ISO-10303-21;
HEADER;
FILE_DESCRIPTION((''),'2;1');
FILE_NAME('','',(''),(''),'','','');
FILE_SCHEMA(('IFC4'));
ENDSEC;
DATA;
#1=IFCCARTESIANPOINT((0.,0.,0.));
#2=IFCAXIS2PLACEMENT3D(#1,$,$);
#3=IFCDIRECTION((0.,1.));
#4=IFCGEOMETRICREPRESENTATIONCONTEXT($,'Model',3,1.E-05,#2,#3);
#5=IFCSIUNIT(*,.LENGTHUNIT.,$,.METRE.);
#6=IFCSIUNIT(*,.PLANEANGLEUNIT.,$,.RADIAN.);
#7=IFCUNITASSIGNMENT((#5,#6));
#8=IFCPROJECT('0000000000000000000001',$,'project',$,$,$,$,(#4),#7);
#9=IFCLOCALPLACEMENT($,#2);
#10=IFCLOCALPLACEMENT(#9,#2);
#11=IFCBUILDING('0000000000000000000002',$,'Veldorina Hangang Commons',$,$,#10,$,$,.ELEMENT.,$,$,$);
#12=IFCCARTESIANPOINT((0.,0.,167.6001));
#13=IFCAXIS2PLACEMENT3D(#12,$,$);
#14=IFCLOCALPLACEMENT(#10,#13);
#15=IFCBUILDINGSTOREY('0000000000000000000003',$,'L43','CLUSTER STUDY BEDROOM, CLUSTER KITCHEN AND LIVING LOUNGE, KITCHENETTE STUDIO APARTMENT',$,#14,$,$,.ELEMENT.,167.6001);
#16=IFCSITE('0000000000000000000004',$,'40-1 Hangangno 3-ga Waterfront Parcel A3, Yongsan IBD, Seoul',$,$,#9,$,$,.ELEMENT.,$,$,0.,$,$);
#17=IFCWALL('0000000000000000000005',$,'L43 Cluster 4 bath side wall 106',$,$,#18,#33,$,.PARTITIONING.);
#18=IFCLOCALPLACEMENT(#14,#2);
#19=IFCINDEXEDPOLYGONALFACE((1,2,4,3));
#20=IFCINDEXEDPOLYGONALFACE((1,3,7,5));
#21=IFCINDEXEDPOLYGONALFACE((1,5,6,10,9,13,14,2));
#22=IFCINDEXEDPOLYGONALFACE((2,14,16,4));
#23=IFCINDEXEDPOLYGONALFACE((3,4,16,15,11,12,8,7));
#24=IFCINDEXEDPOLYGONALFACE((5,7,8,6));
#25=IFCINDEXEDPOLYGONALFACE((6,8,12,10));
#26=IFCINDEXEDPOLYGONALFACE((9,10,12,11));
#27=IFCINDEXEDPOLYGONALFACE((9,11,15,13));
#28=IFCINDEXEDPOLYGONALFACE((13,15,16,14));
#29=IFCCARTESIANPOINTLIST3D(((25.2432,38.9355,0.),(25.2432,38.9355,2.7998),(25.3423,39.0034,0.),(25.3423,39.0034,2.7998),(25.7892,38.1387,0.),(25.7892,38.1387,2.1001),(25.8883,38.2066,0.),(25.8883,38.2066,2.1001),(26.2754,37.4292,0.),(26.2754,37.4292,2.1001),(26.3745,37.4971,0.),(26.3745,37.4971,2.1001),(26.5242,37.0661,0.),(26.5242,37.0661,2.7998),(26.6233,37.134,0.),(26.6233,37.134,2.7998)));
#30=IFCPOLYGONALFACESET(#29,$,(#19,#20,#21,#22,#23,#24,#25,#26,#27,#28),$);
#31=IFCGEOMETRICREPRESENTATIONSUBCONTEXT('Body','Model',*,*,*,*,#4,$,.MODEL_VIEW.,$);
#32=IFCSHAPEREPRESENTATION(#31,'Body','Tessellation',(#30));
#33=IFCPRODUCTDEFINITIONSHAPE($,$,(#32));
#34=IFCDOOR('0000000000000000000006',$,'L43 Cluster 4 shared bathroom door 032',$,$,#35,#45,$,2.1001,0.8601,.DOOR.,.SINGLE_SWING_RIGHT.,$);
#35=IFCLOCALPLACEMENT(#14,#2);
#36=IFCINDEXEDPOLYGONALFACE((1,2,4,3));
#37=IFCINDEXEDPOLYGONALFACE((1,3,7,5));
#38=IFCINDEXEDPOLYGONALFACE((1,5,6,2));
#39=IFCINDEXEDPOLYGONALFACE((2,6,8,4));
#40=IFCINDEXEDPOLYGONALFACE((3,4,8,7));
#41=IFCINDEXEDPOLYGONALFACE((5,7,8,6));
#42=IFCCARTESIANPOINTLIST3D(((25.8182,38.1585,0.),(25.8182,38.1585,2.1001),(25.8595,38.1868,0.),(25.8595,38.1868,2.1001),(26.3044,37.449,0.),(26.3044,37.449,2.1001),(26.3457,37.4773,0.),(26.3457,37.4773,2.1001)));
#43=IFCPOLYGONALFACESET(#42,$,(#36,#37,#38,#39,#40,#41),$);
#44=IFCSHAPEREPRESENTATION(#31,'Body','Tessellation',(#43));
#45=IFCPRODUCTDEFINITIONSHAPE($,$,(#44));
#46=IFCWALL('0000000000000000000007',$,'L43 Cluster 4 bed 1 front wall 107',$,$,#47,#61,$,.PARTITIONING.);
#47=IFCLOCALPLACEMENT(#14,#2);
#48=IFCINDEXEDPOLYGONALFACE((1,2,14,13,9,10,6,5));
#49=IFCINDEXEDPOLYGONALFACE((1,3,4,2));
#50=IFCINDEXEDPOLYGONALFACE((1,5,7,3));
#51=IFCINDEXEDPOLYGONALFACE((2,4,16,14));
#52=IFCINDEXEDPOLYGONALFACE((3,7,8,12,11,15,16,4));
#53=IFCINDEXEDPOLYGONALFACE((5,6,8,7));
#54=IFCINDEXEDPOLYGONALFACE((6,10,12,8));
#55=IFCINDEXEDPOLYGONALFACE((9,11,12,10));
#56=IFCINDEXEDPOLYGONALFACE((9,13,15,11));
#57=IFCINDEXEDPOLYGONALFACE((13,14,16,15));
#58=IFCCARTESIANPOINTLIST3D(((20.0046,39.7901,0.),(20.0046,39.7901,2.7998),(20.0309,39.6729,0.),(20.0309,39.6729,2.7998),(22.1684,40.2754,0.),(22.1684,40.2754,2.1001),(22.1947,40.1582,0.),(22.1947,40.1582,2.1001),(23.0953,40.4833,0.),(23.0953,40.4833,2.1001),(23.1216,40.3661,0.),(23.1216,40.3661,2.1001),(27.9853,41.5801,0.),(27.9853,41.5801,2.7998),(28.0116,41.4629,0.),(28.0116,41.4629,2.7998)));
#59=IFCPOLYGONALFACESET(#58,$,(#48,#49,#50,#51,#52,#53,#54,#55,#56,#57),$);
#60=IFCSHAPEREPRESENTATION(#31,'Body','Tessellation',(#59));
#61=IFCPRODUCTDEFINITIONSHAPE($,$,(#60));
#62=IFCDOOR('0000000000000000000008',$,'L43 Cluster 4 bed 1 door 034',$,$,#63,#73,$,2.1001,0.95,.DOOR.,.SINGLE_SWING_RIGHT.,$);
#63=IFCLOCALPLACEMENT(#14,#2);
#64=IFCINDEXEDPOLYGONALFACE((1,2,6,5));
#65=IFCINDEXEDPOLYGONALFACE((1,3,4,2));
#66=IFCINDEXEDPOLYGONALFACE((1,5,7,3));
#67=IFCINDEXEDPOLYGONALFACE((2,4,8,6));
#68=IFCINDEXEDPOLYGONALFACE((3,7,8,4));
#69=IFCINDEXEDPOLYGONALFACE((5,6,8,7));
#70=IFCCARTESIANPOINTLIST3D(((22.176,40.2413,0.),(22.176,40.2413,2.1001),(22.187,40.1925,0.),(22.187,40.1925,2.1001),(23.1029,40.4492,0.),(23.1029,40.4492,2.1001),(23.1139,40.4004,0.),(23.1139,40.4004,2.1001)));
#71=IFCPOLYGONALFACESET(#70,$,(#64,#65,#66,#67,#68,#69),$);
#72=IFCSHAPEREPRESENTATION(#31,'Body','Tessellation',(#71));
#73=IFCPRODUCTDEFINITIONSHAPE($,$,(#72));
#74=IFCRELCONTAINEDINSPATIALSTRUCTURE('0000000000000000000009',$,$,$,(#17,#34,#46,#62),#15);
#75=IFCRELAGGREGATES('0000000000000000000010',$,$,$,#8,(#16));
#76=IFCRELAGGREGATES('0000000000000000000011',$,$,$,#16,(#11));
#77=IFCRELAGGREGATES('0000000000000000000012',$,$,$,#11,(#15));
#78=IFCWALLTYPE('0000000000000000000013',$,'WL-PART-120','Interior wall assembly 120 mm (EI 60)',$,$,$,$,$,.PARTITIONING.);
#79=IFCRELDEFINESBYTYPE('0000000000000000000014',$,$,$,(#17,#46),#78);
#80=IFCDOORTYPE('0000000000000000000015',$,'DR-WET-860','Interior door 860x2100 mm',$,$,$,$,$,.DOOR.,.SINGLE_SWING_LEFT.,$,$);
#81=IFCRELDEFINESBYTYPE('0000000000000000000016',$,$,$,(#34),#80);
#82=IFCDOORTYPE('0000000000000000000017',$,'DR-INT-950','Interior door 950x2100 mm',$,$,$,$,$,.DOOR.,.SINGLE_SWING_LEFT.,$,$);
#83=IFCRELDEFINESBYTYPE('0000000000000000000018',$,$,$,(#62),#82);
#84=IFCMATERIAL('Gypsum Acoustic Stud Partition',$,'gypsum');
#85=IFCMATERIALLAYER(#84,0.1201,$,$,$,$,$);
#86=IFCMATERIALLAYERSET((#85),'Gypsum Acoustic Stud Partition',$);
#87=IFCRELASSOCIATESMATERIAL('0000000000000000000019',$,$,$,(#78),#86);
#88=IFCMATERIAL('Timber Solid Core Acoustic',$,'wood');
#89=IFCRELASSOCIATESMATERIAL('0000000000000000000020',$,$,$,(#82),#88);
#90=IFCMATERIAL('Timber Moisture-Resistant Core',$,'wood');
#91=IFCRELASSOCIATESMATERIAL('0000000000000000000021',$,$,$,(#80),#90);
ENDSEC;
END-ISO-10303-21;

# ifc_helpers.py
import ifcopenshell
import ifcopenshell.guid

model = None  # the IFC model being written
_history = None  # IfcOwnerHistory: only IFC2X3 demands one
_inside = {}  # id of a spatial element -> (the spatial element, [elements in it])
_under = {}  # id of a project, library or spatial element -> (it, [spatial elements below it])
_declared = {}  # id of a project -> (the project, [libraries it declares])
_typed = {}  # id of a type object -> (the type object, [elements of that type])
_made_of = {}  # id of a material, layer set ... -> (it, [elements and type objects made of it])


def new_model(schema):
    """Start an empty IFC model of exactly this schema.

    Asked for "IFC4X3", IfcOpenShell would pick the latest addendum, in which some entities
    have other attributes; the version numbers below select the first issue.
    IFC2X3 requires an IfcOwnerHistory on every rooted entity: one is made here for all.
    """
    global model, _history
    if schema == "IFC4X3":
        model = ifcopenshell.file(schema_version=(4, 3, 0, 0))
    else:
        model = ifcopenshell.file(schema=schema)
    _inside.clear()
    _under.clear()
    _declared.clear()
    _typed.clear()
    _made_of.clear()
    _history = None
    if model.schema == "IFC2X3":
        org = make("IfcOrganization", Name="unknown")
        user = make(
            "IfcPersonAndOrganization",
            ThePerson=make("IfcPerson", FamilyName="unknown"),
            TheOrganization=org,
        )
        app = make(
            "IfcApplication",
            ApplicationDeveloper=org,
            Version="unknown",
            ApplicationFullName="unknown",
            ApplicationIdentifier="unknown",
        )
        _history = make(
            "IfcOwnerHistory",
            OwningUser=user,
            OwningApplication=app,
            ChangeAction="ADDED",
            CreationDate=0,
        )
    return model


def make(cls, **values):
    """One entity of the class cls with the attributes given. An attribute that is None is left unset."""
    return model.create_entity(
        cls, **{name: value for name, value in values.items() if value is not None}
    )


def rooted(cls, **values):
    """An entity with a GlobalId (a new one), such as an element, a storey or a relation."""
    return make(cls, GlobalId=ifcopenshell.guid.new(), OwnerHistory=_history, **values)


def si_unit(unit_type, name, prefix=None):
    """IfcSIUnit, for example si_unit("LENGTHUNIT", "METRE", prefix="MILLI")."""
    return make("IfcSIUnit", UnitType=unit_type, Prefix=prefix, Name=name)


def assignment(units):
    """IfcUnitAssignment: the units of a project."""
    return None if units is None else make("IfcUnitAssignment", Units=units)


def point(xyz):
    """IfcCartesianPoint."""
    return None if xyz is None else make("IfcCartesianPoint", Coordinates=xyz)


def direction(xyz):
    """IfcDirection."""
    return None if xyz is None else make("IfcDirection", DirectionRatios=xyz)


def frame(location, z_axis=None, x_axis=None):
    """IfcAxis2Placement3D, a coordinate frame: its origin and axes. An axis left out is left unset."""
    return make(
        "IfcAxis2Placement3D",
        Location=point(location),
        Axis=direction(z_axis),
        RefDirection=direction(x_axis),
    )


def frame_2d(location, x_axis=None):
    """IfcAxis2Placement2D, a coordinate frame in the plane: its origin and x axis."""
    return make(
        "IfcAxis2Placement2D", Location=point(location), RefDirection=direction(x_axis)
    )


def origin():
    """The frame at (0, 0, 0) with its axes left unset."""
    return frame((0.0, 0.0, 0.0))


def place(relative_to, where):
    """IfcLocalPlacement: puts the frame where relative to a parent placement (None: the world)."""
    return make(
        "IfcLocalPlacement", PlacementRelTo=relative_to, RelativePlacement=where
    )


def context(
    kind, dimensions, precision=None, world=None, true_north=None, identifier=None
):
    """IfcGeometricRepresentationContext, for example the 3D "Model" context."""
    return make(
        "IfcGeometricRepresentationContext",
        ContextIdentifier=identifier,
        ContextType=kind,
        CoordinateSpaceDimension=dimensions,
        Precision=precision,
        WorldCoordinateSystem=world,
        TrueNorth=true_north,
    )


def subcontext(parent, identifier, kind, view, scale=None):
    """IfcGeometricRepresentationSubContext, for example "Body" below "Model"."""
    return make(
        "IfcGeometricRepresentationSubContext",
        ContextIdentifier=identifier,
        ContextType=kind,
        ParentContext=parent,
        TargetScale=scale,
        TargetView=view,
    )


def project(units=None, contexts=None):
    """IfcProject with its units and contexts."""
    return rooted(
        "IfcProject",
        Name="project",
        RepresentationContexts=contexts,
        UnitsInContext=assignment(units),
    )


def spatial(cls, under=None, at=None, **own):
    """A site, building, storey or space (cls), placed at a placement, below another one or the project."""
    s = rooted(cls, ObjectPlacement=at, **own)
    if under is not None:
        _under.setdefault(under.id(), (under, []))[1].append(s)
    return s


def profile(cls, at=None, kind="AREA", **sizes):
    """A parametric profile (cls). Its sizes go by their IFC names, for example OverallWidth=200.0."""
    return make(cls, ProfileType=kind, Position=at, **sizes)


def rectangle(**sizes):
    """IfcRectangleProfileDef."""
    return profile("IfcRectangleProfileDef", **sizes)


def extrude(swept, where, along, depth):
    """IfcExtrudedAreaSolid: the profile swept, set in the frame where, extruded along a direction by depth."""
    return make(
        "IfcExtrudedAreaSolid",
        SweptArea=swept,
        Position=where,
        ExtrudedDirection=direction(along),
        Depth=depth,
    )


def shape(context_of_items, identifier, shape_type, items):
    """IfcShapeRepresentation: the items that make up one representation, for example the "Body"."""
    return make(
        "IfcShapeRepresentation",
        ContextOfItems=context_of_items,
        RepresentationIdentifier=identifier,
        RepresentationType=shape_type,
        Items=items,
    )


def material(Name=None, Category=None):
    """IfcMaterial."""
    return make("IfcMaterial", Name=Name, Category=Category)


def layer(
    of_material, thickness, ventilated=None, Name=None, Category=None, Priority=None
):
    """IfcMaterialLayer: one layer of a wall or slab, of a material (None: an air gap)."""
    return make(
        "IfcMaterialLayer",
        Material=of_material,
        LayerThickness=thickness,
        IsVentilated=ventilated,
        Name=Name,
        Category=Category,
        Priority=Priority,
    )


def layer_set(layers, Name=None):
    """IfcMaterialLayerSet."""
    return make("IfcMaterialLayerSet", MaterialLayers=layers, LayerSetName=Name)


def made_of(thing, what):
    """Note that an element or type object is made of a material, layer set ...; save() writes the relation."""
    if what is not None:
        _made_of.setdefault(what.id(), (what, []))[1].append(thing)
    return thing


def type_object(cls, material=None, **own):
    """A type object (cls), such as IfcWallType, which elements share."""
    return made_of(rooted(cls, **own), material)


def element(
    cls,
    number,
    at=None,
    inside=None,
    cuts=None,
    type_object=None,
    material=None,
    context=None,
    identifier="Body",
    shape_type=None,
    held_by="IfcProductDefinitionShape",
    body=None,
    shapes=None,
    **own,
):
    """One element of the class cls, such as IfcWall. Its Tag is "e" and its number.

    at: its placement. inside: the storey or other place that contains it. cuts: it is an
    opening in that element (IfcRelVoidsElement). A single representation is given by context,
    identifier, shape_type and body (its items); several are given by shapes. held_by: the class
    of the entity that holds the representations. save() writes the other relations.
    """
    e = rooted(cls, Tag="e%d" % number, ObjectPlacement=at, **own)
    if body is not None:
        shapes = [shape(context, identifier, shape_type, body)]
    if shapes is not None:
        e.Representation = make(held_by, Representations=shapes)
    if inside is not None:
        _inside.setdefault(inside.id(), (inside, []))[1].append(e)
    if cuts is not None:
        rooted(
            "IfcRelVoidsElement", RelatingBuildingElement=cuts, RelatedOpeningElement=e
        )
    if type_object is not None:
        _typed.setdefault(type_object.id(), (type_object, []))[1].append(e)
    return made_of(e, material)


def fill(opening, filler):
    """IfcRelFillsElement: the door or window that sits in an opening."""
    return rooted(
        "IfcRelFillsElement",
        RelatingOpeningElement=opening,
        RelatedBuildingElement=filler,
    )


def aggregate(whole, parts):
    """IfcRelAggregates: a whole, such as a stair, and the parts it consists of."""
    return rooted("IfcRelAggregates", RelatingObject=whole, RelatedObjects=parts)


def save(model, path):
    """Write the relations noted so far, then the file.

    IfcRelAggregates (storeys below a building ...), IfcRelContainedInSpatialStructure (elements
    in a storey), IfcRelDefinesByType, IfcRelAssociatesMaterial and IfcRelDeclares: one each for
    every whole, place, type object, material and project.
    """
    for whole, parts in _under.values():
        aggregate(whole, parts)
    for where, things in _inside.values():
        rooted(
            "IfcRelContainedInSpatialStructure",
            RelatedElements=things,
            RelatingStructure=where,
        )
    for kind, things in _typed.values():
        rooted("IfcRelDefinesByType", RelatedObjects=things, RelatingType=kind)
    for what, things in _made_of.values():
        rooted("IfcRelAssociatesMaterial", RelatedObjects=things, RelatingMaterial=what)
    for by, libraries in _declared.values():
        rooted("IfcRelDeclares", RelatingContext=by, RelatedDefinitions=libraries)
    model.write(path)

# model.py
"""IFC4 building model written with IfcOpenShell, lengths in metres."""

from ifc_helpers import new_model, si_unit, direction, frame, frame_2d, origin, place, context, subcontext, project, spatial, rectangle, extrude, material, layer, layer_set, type_object, element, fill, save


model = new_model("IFC4")

# Units and contexts
model_context = context("Model", 3, precision=1e-05, world=origin(), true_north=direction((0.0, 1.0)))
body_context = subcontext(model_context, "Body", "Model", "MODEL_VIEW")
ifc_project = project(units=[si_unit("LENGTHUNIT", "METRE"), si_unit("PLANEANGLEUNIT", "RADIAN")], contexts=[model_context])

# Site, building, storey
site_placement = place(None, origin())
site = spatial("IfcSite", under=ifc_project, at=site_placement, Name="40-1 Hangangno 3-ga Waterfront Parcel A3, Yongsan IBD, Seoul", CompositionType="ELEMENT", RefElevation=0.0)
building_placement = place(site_placement, origin())
building = spatial("IfcBuilding", under=site, at=building_placement, Name="Veldorina Hangang Commons", CompositionType="ELEMENT")
storey_placement = place(building_placement, frame((0.0, 0.0, 167.6001)))
storey = spatial("IfcBuildingStorey", under=building, at=storey_placement, Name="L43", Description="CLUSTER STUDY BEDROOM, CLUSTER KITCHEN AND LIVING LOUNGE, KITCHENETTE STUDIO APARTMENT", CompositionType="ELEMENT", Elevation=167.6001)

# Shared definitions
ifc_material_1 = material(Name="Gypsum Acoustic Stud Partition", Category="gypsum")
ifc_layer_1 = layer(ifc_material_1, 0.1201)
ifc_layer_set_1 = layer_set([ifc_layer_1], Name="Gypsum Acoustic Stud Partition")
wall_type_1 = type_object("IfcWallType", Name="WL-PART-120", Description="Interior wall assembly 120 mm (EI 60)", PredefinedType="PARTITIONING", material=ifc_layer_set_1)
ifc_material_2 = material(Name="Timber Solid Core Acoustic", Category="wood")
door_type_1 = type_object("IfcDoorType", Name="DR-INT-950", Description="Interior door 950x2100 mm", OperationType="SINGLE_SWING_LEFT", PredefinedType="DOOR", material=ifc_material_2)

# Walls, openings, doors
wall_1_placement = place(storey_placement, frame((26.5737, 37.1001, 0.0), z_axis=(0.0, 0.0, 1.0), x_axis=(-0.565271, 0.824905, 0.0)))
wall_1 = element("IfcWall", 1, at=wall_1_placement, inside=storey, type_object=wall_type_1, Name="L43 Cluster 4 bath side wall 106", PredefinedType="PARTITIONING", context=body_context, shape_type="SweptSolid", body=[
    extrude(rectangle(XDim=2.2661, YDim=0.1201, at=frame_2d((1.1331, 0.0))), origin(), (0.0, 0.0, 1.0), 2.7998),
])
opening_1_placement = place(wall_1_placement, frame((0.4399, 0.0, 0.0)))
opening_1 = element("IfcOpeningElement", 2, at=opening_1_placement, cuts=wall_1, PredefinedType="OPENING", context=body_context, shape_type="SweptSolid", body=[
    extrude(rectangle(XDim=0.8601, YDim=2.1001, at=frame_2d((0.4302, 1.05))), frame((0.0, 0.0701, 0.0), z_axis=(0.0, -1.0, 0.0), x_axis=(1.0, 0.0, 0.0)), (0.0, 0.0, 1.0), 0.1401),
])
ifc_material_3 = material(Name="Timber Moisture-Resistant Core", Category="wood")
door_type_2 = type_object("IfcDoorType", Name="DR-WET-860", Description="Interior door 860x2100 mm", OperationType="SINGLE_SWING_LEFT", PredefinedType="DOOR", material=ifc_material_3)
door_1_placement = place(opening_1_placement, origin())
door_1 = element("IfcDoor", 3, at=door_1_placement, inside=storey, type_object=door_type_2, Name="L43 Cluster 4 shared bathroom door 032", OperationType="SINGLE_SWING_RIGHT", OverallHeight=2.1001, OverallWidth=0.8601, PredefinedType="DOOR", context=body_context, shape_type="SweptSolid", body=[
    extrude(rectangle(XDim=0.8601, YDim=2.1001, at=frame_2d((0.4302, 1.05))), frame((0.0, 0.0249, 0.0), z_axis=(0.0, -1.0, 0.0), x_axis=(1.0, 0.0, 0.0)), (0.0, 0.0, 1.0), 0.05),
])
fill(opening_1, door_1)
wall_2_placement = place(storey_placement, frame((27.9983, 41.5215, 0.0), z_axis=(0.0, 0.0, 1.0), x_axis=(-0.975757, -0.218858, 0.0)))
wall_2 = element("IfcWall", 4, at=wall_2_placement, inside=storey, type_object=wall_type_1, Name="L43 Cluster 4 bed 1 front wall 107", PredefinedType="PARTITIONING", context=body_context, shape_type="SweptSolid", body=[
    extrude(rectangle(XDim=8.179, YDim=0.1201, at=frame_2d((4.0894, 0.0))), origin(), (0.0, 0.0, 1.0), 2.7998),
])
opening_2_placement = place(wall_2_placement, frame((5.0112, 0.0, 0.0)))
opening_2 = element("IfcOpeningElement", 5, at=opening_2_placement, cuts=wall_2, PredefinedType="OPENING", context=body_context, shape_type="SweptSolid", body=[
    extrude(rectangle(XDim=0.95, YDim=2.1001, at=frame_2d((0.4751, 1.05))), frame((0.0, 0.0701, 0.0), z_axis=(0.0, -1.0, 0.0), x_axis=(1.0, 0.0, 0.0)), (0.0, 0.0, 1.0), 0.1401),
])
door_2_placement = place(opening_2_placement, origin())
door_2 = element("IfcDoor", 6, at=door_2_placement, inside=storey, type_object=door_type_1, Name="L43 Cluster 4 bed 1 door 034", OperationType="SINGLE_SWING_RIGHT", OverallHeight=2.1001, OverallWidth=0.95, PredefinedType="DOOR", context=body_context, shape_type="SweptSolid", body=[
    extrude(rectangle(XDim=0.95, YDim=2.1001, at=frame_2d((0.4751, 1.05))), frame((0.0, 0.0249, 0.0), z_axis=(0.0, -1.0, 0.0), x_axis=(1.0, 0.0, 0.0)), (0.0, 0.0, 1.0), 0.05),
])
fill(opening_2, door_2)

save(model, "model.ifc")
